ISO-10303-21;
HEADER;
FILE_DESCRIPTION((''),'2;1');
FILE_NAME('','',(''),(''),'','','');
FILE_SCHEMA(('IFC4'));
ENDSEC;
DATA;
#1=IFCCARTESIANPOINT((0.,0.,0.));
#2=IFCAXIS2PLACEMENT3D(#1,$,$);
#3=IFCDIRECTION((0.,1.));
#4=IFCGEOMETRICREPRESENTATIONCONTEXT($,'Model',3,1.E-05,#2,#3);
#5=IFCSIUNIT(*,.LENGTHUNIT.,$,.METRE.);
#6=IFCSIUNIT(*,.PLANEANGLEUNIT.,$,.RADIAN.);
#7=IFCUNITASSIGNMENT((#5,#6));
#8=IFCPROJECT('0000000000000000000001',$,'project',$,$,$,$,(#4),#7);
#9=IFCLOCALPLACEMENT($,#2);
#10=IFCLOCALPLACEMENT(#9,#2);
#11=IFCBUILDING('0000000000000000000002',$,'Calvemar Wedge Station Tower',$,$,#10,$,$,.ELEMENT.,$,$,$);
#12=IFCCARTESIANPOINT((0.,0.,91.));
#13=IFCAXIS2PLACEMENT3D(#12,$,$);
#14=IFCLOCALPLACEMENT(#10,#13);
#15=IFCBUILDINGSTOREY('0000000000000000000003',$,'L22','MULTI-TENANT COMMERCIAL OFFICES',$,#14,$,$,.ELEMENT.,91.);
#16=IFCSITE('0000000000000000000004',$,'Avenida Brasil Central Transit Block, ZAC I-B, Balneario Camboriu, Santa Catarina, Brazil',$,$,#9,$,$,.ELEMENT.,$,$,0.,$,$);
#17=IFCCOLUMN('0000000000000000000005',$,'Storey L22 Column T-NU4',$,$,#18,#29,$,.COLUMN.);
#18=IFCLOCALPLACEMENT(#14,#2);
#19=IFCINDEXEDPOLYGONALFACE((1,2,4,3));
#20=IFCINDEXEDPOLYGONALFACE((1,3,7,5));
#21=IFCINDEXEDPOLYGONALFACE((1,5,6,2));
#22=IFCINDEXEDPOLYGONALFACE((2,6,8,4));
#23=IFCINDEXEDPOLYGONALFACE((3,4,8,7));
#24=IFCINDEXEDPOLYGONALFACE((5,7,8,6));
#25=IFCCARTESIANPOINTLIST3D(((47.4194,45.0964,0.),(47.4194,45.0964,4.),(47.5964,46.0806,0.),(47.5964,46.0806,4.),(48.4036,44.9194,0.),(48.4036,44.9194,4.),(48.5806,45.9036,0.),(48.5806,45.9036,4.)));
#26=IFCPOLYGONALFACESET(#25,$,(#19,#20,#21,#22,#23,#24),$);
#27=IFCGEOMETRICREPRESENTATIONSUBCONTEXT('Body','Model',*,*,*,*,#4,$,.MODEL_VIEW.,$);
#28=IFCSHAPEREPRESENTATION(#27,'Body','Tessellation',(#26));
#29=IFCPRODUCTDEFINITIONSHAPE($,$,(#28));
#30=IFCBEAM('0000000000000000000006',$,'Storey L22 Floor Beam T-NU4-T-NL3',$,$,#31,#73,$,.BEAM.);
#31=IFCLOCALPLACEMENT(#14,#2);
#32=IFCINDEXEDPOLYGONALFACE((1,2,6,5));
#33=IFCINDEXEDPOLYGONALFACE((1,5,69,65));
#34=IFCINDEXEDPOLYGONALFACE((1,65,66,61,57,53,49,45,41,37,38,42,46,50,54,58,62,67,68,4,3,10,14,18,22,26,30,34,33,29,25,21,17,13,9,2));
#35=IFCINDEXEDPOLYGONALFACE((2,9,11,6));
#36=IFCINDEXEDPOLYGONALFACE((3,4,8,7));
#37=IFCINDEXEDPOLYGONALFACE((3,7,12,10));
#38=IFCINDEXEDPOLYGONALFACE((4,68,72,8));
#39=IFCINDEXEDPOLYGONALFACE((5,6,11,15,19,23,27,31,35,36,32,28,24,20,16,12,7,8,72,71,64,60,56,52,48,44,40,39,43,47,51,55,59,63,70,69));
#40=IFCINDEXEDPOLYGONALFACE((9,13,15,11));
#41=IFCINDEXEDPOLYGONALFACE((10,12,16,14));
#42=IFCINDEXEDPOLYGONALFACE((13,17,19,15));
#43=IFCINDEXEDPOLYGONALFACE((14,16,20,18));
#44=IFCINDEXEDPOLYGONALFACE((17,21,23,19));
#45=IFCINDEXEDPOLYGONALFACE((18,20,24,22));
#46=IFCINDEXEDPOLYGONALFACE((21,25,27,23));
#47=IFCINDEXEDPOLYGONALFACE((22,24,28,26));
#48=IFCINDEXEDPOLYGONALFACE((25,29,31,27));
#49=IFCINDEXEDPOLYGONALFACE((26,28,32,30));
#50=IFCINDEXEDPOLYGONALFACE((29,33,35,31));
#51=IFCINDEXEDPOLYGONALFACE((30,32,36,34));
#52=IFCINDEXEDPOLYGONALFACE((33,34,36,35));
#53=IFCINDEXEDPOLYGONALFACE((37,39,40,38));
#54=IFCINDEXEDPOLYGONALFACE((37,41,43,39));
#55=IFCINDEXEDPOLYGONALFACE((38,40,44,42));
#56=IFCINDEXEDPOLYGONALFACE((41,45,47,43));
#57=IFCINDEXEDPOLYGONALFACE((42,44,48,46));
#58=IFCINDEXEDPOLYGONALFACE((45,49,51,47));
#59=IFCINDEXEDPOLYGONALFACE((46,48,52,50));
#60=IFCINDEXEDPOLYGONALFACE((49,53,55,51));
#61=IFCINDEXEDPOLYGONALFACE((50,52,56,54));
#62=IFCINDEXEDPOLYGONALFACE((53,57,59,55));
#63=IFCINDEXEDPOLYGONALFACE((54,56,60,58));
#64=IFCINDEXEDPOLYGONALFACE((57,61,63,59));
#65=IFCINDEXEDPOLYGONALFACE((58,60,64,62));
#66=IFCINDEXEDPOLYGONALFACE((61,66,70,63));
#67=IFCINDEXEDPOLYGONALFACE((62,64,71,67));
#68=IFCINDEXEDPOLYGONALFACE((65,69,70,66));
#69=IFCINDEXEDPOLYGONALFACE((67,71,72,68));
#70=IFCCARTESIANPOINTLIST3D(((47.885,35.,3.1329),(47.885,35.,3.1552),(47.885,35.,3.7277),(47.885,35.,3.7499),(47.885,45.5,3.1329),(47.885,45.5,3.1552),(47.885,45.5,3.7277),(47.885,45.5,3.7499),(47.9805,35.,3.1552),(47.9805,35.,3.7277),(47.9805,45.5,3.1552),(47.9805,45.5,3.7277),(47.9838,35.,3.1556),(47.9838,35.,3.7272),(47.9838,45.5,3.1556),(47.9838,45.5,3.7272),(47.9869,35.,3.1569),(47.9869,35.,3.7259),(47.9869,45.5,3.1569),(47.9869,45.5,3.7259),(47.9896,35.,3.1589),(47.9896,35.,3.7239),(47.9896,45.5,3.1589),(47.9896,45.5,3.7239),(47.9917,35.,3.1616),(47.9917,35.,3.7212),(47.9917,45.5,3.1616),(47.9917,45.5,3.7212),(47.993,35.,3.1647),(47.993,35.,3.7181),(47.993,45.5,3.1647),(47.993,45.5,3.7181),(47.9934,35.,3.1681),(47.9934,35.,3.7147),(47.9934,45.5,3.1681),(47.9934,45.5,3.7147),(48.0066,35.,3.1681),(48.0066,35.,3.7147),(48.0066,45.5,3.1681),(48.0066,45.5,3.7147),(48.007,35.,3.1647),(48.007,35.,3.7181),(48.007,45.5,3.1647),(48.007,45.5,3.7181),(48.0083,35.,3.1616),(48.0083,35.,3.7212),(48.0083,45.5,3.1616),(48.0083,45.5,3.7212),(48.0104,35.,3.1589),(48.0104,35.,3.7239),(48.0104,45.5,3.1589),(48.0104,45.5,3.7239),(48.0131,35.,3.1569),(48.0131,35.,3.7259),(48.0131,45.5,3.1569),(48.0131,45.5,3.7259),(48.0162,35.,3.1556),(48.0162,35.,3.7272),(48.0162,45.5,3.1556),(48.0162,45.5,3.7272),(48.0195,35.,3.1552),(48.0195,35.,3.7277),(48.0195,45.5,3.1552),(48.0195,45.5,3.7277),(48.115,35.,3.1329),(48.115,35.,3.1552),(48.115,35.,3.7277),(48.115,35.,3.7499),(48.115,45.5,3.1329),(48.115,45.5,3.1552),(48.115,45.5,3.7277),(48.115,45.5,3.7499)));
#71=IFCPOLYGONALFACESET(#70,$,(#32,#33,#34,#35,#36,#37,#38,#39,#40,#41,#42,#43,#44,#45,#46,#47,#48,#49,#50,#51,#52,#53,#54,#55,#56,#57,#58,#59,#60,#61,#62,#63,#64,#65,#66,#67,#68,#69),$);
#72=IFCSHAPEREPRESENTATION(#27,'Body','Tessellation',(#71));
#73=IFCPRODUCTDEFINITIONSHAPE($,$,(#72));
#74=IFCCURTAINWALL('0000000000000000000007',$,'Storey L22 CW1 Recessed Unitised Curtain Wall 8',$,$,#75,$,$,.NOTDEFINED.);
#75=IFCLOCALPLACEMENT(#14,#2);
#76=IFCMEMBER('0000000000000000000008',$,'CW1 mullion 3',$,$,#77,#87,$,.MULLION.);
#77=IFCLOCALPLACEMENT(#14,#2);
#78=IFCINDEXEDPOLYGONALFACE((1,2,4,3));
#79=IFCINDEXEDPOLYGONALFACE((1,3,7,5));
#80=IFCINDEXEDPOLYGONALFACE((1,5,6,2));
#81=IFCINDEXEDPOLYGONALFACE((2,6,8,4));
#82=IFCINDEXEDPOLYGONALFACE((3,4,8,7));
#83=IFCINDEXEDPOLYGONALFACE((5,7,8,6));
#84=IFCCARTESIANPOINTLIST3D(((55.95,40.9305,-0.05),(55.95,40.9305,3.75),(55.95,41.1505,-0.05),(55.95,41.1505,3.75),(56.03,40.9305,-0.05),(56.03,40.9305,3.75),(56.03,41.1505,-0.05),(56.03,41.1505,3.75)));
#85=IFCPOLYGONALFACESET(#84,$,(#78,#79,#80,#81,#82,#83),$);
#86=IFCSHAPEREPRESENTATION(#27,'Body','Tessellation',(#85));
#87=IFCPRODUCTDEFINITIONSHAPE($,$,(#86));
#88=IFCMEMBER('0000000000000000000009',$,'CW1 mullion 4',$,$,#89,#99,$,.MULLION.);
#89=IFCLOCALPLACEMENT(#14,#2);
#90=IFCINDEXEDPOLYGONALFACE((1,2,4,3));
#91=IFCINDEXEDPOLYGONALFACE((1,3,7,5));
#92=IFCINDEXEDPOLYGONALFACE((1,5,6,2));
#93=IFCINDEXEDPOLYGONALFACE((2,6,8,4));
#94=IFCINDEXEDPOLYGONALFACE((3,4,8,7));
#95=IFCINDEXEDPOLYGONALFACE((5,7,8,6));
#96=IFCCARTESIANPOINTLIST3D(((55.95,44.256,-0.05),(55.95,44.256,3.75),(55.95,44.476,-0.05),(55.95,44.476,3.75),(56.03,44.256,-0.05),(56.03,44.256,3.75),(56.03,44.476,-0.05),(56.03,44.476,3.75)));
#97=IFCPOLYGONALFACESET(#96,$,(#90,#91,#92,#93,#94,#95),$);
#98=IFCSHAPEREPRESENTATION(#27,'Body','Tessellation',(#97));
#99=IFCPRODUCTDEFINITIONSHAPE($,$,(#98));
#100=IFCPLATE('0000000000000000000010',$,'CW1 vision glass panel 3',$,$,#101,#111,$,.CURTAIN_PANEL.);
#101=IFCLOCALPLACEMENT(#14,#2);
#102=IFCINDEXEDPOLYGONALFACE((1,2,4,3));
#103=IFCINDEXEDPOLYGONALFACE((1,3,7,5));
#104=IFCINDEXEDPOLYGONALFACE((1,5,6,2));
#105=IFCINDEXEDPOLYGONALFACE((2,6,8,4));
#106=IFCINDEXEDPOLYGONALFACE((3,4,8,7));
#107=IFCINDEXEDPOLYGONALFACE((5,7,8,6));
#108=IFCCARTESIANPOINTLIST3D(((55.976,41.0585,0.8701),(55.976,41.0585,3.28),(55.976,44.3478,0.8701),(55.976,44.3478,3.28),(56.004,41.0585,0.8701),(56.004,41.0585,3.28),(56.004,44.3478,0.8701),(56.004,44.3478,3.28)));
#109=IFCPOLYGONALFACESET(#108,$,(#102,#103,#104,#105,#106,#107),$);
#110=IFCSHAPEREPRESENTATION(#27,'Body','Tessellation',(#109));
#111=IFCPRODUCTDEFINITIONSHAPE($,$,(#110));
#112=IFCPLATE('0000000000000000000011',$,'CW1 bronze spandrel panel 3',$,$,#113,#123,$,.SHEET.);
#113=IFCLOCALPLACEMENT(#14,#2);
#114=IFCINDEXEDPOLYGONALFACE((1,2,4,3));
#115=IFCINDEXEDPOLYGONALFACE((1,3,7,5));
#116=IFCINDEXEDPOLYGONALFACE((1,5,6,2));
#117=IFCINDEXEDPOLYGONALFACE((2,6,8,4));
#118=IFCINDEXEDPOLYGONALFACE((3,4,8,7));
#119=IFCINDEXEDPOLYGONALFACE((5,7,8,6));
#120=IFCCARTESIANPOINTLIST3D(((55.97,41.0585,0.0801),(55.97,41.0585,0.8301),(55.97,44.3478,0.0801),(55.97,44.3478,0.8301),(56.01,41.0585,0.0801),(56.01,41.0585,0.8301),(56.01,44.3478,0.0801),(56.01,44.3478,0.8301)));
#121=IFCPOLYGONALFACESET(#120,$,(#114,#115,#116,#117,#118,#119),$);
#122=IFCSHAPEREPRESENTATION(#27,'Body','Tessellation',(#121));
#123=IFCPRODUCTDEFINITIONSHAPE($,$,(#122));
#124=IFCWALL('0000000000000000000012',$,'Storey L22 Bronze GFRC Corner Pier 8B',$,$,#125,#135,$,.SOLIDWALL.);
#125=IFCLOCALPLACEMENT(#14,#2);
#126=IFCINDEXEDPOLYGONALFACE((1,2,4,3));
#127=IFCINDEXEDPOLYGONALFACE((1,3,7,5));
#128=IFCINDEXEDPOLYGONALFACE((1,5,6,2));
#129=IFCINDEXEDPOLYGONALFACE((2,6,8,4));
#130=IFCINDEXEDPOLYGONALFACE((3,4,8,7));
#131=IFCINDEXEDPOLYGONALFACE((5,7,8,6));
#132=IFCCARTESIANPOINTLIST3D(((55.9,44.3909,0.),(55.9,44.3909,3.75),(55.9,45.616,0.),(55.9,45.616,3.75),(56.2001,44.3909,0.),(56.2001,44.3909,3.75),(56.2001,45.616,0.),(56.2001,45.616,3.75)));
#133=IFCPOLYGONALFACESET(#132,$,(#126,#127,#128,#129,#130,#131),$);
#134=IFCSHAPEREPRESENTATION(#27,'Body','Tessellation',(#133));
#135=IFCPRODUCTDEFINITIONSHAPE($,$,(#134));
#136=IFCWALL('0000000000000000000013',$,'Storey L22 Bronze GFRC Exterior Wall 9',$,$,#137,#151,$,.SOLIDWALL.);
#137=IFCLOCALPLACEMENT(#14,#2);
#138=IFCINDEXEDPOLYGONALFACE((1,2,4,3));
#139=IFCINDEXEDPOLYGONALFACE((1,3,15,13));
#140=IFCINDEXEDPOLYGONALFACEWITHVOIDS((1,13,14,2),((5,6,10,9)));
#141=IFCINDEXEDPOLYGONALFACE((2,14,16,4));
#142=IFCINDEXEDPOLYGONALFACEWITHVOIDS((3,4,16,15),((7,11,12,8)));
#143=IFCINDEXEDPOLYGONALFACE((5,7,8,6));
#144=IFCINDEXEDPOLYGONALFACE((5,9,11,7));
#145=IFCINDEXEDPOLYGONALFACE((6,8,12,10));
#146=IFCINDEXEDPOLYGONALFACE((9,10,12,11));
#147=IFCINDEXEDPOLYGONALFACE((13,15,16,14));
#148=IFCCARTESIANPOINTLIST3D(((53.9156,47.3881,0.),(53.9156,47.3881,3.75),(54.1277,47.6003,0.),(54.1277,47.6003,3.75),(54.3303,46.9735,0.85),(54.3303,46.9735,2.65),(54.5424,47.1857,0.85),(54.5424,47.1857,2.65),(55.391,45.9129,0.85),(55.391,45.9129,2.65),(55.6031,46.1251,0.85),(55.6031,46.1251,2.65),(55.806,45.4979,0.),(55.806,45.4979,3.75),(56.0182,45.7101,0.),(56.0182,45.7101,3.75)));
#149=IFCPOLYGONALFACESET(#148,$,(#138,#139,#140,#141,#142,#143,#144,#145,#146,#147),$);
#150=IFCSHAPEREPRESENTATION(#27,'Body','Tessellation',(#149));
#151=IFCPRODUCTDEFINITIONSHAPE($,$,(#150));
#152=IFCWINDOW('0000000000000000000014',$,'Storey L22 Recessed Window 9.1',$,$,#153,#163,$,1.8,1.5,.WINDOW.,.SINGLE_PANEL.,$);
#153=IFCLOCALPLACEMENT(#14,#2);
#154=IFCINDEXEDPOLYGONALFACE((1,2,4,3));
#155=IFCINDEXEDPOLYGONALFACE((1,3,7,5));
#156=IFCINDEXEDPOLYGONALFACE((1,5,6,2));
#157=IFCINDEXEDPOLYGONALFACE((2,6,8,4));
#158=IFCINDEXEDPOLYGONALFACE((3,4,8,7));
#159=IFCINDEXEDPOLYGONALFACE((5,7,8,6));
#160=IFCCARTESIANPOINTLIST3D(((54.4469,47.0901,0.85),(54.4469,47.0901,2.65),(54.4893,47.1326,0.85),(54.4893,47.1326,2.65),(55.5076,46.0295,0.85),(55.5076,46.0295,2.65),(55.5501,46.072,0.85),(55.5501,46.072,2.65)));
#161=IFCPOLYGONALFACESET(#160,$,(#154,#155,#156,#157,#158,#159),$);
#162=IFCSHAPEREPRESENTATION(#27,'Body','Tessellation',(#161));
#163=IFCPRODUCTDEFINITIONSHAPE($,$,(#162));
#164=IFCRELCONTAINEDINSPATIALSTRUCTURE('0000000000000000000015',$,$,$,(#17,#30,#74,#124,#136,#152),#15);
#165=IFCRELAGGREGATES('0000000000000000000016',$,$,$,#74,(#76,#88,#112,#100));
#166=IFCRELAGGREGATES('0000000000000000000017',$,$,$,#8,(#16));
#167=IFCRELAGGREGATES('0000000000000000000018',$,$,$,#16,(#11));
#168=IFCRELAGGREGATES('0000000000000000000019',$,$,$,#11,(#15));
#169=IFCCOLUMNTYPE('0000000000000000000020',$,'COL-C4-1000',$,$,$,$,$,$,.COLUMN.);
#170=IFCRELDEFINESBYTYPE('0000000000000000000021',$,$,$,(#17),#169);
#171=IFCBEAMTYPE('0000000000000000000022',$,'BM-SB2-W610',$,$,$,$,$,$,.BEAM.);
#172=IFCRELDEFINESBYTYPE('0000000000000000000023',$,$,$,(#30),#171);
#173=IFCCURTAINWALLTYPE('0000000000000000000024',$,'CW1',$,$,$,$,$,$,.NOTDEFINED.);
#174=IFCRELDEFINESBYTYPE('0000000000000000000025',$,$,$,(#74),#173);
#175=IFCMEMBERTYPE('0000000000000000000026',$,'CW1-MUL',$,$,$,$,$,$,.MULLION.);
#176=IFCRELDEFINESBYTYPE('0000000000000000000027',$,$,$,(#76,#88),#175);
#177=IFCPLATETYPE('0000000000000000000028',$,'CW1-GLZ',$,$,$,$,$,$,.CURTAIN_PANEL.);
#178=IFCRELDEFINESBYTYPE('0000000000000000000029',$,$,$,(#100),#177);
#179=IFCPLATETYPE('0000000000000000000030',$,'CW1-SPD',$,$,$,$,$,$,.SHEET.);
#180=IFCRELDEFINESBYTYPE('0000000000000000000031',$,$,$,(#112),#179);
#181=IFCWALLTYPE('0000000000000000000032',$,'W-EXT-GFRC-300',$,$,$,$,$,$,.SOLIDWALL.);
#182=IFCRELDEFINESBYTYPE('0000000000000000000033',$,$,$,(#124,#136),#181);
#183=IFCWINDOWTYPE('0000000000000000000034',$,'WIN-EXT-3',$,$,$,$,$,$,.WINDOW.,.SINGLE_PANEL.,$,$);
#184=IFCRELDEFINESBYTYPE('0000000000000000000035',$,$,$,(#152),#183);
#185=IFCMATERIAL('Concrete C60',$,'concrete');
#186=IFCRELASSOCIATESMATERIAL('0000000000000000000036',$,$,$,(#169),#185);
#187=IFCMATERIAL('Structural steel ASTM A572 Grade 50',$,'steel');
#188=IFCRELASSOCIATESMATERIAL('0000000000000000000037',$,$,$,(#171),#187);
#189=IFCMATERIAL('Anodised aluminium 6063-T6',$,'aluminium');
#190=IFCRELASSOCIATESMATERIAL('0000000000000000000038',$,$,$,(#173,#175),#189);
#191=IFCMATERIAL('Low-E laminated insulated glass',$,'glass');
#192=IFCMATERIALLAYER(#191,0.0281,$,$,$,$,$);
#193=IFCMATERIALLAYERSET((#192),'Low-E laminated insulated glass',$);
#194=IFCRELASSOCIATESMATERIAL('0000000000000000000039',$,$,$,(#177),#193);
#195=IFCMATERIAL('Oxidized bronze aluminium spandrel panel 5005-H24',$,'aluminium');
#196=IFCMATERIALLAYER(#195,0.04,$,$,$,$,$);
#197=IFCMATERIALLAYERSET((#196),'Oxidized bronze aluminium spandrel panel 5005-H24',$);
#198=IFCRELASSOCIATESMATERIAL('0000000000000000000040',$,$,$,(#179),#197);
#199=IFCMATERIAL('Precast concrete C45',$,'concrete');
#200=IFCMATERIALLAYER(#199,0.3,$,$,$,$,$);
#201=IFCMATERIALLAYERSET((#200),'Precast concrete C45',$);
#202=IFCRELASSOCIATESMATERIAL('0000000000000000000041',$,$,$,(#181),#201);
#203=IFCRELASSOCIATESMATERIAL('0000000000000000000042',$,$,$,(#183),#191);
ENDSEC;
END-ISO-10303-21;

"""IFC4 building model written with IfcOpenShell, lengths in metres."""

from ifc_helpers import new_model, si_unit, direction, frame, frame_2d, origin, origin_2d, place, context, subcontext, project, spatial, rectangle, i_section, extrude, source, transform, mapped, material, layer, layer_set, material_profile, profile_set, type_object, element, fill, aggregate, save


model = new_model("IFC4")

# Units and contexts
model_context = context("Model", 3, precision=1e-05, world=origin(), true_north=direction((0.0, 1.0)))
body_context = subcontext(model_context, "Body", "Model", "MODEL_VIEW")
ifc_project = project(units=[si_unit("LENGTHUNIT", "METRE"), si_unit("PLANEANGLEUNIT", "RADIAN")], contexts=[model_context])

# Site, building, storey
site_placement = place(None, origin())
site = spatial("IfcSite", under=ifc_project, at=site_placement, Name="Avenida Brasil Central Transit Block, ZAC I-B, Balneario Camboriu, Santa Catarina, Brazil", CompositionType="ELEMENT", RefElevation=0.0)
building_placement = place(site_placement, origin())
building = spatial("IfcBuilding", under=site, at=building_placement, Name="Calvemar Wedge Station Tower", CompositionType="ELEMENT")
storey_placement = place(building_placement, frame((0.0, 0.0, 91.0)))
storey = spatial("IfcBuildingStorey", under=building, at=storey_placement, Name="L22", Description="MULTI-TENANT COMMERCIAL OFFICES", CompositionType="ELEMENT", Elevation=91.0)

# Column
ifc_material_1 = material(Name="Concrete C60", Category="concrete")
ifc_material_profile_1 = material_profile(ifc_material_1, rectangle(XDim=1.0, YDim=1.0, at=origin_2d()), Name="RC1000x1000")
ifc_profile_set_1 = profile_set([ifc_material_profile_1], Name="Concrete C60")
column_type = type_object("IfcColumnType", Name="COL-C4-1000", PredefinedType="COLUMN", material=ifc_profile_set_1)
shared_shape_1 = source(origin(), body_context, "Body", "SweptSolid", [
    extrude(rectangle(XDim=1.0, YDim=1.0, at=origin_2d()), origin(), (0.0, 0.0, 1.0), 4.0),
])
column_placement = place(storey_placement, frame((48.0, 45.5, 0.0), z_axis=(0.0, 0.0, 1.0), x_axis=(0.984196, -0.177085, 0.0)))
element("IfcColumn", 1, at=column_placement, inside=storey, type_object=column_type, Name="Storey L22 Column T-NU4", PredefinedType="COLUMN", context=body_context, shape_type="MappedRepresentation", body=[
    mapped(shared_shape_1, transform((0.0, 0.0, 0.0), scale=1.0)),
])

# Beam
ifc_material_2 = material(Name="Structural steel ASTM A572 Grade 50", Category="steel")
ifc_material_profile_2 = material_profile(ifc_material_2, i_section(OverallWidth=0.23, OverallDepth=0.6169, WebThickness=0.0132, FlangeThickness=0.0222, FilletRadius=0.0129, at=origin_2d()), Name="W610x140")
ifc_profile_set_2 = profile_set([ifc_material_profile_2], Name="Structural steel ASTM A572 Grade 50")
beam_type = type_object("IfcBeamType", Name="BM-SB2-W610", PredefinedType="BEAM", material=ifc_profile_set_2)
shared_shape_2 = source(origin(), body_context, "Body", "SweptSolid", [
    extrude(i_section(OverallWidth=0.23, OverallDepth=0.6169, WebThickness=0.0132, FlangeThickness=0.0222, FilletRadius=0.0129, at=origin_2d()), origin(), (0.0, 0.0, 1.0), 10.5),
])
beam_placement = place(storey_placement, frame((48.0, 45.5, 3.4414), z_axis=(0.0, -1.0, 0.0), x_axis=(1.0, 0.0, 0.0)))
element("IfcBeam", 2, at=beam_placement, inside=storey, type_object=beam_type, Name="Storey L22 Floor Beam T-NU4-T-NL3", PredefinedType="BEAM", context=body_context, shape_type="MappedRepresentation", body=[
    mapped(shared_shape_2, transform((0.0, 0.0, 0.0), scale=1.0)),
])

# Curtain wall, members, plates
ifc_material_3 = material(Name="Anodised aluminium 6063-T6", Category="aluminium")
curtain_wall_type = type_object("IfcCurtainWallType", Name="CW1", PredefinedType="NOTDEFINED", material=ifc_material_3)
curtain_wall_placement = place(storey_placement, origin())
curtain_wall = element("IfcCurtainWall", 3, at=curtain_wall_placement, inside=storey, type_object=curtain_wall_type, Name="Storey L22 CW1 Recessed Unitised Curtain Wall 8", PredefinedType="NOTDEFINED")
ifc_material_profile_3 = material_profile(ifc_material_3, rectangle(XDim=0.0801, YDim=0.22, at=origin_2d()), Name="AL-MUL-80x220")
ifc_profile_set_3 = profile_set([ifc_material_profile_3], Name="Anodised aluminium 6063-T6")
member_type = type_object("IfcMemberType", Name="CW1-MUL", PredefinedType="MULLION", material=ifc_profile_set_3)
shared_shape_3 = source(origin(), body_context, "Body", "SweptSolid", [
    extrude(rectangle(XDim=0.0801, YDim=0.22, at=origin_2d()), origin(), (0.0, 0.0, 1.0), 3.8),
])
member_1_placement = place(storey_placement, frame((55.99, 41.0405, -0.05), z_axis=(0.0, 0.0, 1.0), x_axis=(1.0, 0.0, 0.0)))
member_1 = element("IfcMember", 4, at=member_1_placement, type_object=member_type, Name="CW1 mullion 3", PredefinedType="MULLION", context=body_context, shape_type="MappedRepresentation", body=[
    mapped(shared_shape_3, transform((0.0, 0.0, 0.0), scale=1.0)),
])
member_2_placement = place(storey_placement, frame((55.99, 44.366, -0.05), z_axis=(0.0, 0.0, 1.0), x_axis=(1.0, 0.0, 0.0)))
member_2 = element("IfcMember", 5, at=member_2_placement, type_object=member_type, Name="CW1 mullion 4", PredefinedType="MULLION", context=body_context, shape_type="MappedRepresentation", body=[
    mapped(shared_shape_3, transform((0.0, 0.0, 0.0), scale=1.0)),
])
ifc_material_4 = material(Name="Low-E laminated insulated glass", Category="glass")
ifc_layer_1 = layer(ifc_material_4, 0.0281)
ifc_layer_set_1 = layer_set([ifc_layer_1], Name="Low-E laminated insulated glass")
plate_type_1 = type_object("IfcPlateType", Name="CW1-GLZ", PredefinedType="CURTAIN_PANEL", material=ifc_layer_set_1)
plate_1_placement = place(storey_placement, frame((55.99, 41.0586, 0.8701), z_axis=(0.0, 0.0, 1.0), x_axis=(0.0, 1.0, 0.0)))
plate_1 = element("IfcPlate", 6, at=plate_1_placement, type_object=plate_type_1, Name="CW1 vision glass panel 3", PredefinedType="CURTAIN_PANEL", context=body_context, shape_type="SweptSolid", body=[
    extrude(rectangle(XDim=3.2893, YDim=0.0281, at=frame_2d((1.6445, 0.0))), origin(), (0.0, 0.0, 1.0), 2.4099),
])
ifc_material_5 = material(Name="Oxidized bronze aluminium spandrel panel 5005-H24", Category="aluminium")
ifc_layer_2 = layer(ifc_material_5, 0.04)
ifc_layer_set_2 = layer_set([ifc_layer_2], Name="Oxidized bronze aluminium spandrel panel 5005-H24")
plate_type_2 = type_object("IfcPlateType", Name="CW1-SPD", PredefinedType="SHEET", material=ifc_layer_set_2)
plate_2_placement = place(storey_placement, frame((55.99, 41.0586, 0.0801), z_axis=(0.0, 0.0, 1.0), x_axis=(0.0, 1.0, 0.0)))
plate_2 = element("IfcPlate", 7, at=plate_2_placement, type_object=plate_type_2, Name="CW1 bronze spandrel panel 3", PredefinedType="SHEET", context=body_context, shape_type="SweptSolid", body=[
    extrude(rectangle(XDim=3.2893, YDim=0.04, at=frame_2d((1.6445, 0.0))), origin(), (0.0, 0.0, 1.0), 0.75),
])
aggregate(curtain_wall, [member_1, member_2, plate_2, plate_1])

# Wall
ifc_material_6 = material(Name="Precast concrete C45", Category="concrete")
ifc_layer_3 = layer(ifc_material_6, 0.3)
ifc_layer_set_3 = layer_set([ifc_layer_3], Name="Precast concrete C45")
wall_type_1 = type_object("IfcWallType", Name="W-EXT-GFRC-300", PredefinedType="SOLIDWALL", material=ifc_layer_set_3)
wall_1_placement = place(storey_placement, frame((56.05, 44.3909, 0.0), z_axis=(0.0, 0.0, 1.0), x_axis=(0.0, 1.0, 0.0)))
element("IfcWall", 8, at=wall_1_placement, inside=storey, type_object=wall_type_1, Name="Storey L22 Bronze GFRC Corner Pier 8B", PredefinedType="SOLIDWALL", context=body_context, shape_type="SweptSolid", body=[
    extrude(rectangle(XDim=1.2251, YDim=0.3, at=frame_2d((0.6125, 0.0))), origin(), (0.0, 0.0, 1.0), 3.75),
])

# Wall, opening, window
wall_2_placement = place(storey_placement, frame((55.9121, 45.604, 0.0), z_axis=(0.0, 0.0, 1.0), x_axis=(-0.707152, 0.707061, 0.0)))
wall_2 = element("IfcWall", 9, at=wall_2_placement, inside=storey, type_object=wall_type_1, Name="Storey L22 Bronze GFRC Exterior Wall 9", PredefinedType="SOLIDWALL", context=body_context, shape_type="SweptSolid", body=[
    extrude(rectangle(XDim=2.6733, YDim=0.3, at=frame_2d((1.3367, 0.0))), origin(), (0.0, 0.0, 1.0), 3.75),
])
shared_shape_4 = source(origin(), body_context, "Body", "SweptSolid", [
    extrude(rectangle(XDim=1.5, YDim=1.8, at=frame_2d((0.75, 0.8999))), frame((0.0, 0.1602, 0.0), z_axis=(0.0, -1.0, 0.0), x_axis=(1.0, 0.0, 0.0)), (0.0, 0.0, 1.0), 0.3201),
])
opening_1_placement = place(wall_2_placement, frame((0.5869, 0.0, 0.8501)))
opening_1 = element("IfcOpeningElement", 10, at=opening_1_placement, cuts=wall_2, PredefinedType="OPENING", context=body_context, shape_type="MappedRepresentation", body=[
    mapped(shared_shape_4, transform((0.0, 0.0, 0.0), scale=1.0)),
])
window_type_1 = type_object("IfcWindowType", Name="WIN-EXT-3", PartitioningType="SINGLE_PANEL", PredefinedType="WINDOW", material=ifc_material_4)
shared_shape_5 = source(origin(), body_context, "Body", "SweptSolid", [
    extrude(rectangle(XDim=1.5, YDim=1.8, at=frame_2d((0.75, 0.8999))), frame((0.0, -0.0149, 0.0), z_axis=(0.0, -1.0, 0.0), x_axis=(1.0, 0.0, 0.0)), (0.0, 0.0, 1.0), 0.0601),
])
window_1_placement = place(opening_1_placement, origin())
window_1 = element("IfcWindow", 11, at=window_1_placement, inside=storey, type_object=window_type_1, Name="Storey L22 Recessed Window 9.1", OverallHeight=1.8, OverallWidth=1.5, PartitioningType="SINGLE_PANEL", PredefinedType="WINDOW", context=body_context, shape_type="MappedRepresentation", body=[
    mapped(shared_shape_5, transform((0.0, 0.0, 0.0), scale=1.0)),
])
fill(opening_1, window_1)

save(model, "model.ifc")
